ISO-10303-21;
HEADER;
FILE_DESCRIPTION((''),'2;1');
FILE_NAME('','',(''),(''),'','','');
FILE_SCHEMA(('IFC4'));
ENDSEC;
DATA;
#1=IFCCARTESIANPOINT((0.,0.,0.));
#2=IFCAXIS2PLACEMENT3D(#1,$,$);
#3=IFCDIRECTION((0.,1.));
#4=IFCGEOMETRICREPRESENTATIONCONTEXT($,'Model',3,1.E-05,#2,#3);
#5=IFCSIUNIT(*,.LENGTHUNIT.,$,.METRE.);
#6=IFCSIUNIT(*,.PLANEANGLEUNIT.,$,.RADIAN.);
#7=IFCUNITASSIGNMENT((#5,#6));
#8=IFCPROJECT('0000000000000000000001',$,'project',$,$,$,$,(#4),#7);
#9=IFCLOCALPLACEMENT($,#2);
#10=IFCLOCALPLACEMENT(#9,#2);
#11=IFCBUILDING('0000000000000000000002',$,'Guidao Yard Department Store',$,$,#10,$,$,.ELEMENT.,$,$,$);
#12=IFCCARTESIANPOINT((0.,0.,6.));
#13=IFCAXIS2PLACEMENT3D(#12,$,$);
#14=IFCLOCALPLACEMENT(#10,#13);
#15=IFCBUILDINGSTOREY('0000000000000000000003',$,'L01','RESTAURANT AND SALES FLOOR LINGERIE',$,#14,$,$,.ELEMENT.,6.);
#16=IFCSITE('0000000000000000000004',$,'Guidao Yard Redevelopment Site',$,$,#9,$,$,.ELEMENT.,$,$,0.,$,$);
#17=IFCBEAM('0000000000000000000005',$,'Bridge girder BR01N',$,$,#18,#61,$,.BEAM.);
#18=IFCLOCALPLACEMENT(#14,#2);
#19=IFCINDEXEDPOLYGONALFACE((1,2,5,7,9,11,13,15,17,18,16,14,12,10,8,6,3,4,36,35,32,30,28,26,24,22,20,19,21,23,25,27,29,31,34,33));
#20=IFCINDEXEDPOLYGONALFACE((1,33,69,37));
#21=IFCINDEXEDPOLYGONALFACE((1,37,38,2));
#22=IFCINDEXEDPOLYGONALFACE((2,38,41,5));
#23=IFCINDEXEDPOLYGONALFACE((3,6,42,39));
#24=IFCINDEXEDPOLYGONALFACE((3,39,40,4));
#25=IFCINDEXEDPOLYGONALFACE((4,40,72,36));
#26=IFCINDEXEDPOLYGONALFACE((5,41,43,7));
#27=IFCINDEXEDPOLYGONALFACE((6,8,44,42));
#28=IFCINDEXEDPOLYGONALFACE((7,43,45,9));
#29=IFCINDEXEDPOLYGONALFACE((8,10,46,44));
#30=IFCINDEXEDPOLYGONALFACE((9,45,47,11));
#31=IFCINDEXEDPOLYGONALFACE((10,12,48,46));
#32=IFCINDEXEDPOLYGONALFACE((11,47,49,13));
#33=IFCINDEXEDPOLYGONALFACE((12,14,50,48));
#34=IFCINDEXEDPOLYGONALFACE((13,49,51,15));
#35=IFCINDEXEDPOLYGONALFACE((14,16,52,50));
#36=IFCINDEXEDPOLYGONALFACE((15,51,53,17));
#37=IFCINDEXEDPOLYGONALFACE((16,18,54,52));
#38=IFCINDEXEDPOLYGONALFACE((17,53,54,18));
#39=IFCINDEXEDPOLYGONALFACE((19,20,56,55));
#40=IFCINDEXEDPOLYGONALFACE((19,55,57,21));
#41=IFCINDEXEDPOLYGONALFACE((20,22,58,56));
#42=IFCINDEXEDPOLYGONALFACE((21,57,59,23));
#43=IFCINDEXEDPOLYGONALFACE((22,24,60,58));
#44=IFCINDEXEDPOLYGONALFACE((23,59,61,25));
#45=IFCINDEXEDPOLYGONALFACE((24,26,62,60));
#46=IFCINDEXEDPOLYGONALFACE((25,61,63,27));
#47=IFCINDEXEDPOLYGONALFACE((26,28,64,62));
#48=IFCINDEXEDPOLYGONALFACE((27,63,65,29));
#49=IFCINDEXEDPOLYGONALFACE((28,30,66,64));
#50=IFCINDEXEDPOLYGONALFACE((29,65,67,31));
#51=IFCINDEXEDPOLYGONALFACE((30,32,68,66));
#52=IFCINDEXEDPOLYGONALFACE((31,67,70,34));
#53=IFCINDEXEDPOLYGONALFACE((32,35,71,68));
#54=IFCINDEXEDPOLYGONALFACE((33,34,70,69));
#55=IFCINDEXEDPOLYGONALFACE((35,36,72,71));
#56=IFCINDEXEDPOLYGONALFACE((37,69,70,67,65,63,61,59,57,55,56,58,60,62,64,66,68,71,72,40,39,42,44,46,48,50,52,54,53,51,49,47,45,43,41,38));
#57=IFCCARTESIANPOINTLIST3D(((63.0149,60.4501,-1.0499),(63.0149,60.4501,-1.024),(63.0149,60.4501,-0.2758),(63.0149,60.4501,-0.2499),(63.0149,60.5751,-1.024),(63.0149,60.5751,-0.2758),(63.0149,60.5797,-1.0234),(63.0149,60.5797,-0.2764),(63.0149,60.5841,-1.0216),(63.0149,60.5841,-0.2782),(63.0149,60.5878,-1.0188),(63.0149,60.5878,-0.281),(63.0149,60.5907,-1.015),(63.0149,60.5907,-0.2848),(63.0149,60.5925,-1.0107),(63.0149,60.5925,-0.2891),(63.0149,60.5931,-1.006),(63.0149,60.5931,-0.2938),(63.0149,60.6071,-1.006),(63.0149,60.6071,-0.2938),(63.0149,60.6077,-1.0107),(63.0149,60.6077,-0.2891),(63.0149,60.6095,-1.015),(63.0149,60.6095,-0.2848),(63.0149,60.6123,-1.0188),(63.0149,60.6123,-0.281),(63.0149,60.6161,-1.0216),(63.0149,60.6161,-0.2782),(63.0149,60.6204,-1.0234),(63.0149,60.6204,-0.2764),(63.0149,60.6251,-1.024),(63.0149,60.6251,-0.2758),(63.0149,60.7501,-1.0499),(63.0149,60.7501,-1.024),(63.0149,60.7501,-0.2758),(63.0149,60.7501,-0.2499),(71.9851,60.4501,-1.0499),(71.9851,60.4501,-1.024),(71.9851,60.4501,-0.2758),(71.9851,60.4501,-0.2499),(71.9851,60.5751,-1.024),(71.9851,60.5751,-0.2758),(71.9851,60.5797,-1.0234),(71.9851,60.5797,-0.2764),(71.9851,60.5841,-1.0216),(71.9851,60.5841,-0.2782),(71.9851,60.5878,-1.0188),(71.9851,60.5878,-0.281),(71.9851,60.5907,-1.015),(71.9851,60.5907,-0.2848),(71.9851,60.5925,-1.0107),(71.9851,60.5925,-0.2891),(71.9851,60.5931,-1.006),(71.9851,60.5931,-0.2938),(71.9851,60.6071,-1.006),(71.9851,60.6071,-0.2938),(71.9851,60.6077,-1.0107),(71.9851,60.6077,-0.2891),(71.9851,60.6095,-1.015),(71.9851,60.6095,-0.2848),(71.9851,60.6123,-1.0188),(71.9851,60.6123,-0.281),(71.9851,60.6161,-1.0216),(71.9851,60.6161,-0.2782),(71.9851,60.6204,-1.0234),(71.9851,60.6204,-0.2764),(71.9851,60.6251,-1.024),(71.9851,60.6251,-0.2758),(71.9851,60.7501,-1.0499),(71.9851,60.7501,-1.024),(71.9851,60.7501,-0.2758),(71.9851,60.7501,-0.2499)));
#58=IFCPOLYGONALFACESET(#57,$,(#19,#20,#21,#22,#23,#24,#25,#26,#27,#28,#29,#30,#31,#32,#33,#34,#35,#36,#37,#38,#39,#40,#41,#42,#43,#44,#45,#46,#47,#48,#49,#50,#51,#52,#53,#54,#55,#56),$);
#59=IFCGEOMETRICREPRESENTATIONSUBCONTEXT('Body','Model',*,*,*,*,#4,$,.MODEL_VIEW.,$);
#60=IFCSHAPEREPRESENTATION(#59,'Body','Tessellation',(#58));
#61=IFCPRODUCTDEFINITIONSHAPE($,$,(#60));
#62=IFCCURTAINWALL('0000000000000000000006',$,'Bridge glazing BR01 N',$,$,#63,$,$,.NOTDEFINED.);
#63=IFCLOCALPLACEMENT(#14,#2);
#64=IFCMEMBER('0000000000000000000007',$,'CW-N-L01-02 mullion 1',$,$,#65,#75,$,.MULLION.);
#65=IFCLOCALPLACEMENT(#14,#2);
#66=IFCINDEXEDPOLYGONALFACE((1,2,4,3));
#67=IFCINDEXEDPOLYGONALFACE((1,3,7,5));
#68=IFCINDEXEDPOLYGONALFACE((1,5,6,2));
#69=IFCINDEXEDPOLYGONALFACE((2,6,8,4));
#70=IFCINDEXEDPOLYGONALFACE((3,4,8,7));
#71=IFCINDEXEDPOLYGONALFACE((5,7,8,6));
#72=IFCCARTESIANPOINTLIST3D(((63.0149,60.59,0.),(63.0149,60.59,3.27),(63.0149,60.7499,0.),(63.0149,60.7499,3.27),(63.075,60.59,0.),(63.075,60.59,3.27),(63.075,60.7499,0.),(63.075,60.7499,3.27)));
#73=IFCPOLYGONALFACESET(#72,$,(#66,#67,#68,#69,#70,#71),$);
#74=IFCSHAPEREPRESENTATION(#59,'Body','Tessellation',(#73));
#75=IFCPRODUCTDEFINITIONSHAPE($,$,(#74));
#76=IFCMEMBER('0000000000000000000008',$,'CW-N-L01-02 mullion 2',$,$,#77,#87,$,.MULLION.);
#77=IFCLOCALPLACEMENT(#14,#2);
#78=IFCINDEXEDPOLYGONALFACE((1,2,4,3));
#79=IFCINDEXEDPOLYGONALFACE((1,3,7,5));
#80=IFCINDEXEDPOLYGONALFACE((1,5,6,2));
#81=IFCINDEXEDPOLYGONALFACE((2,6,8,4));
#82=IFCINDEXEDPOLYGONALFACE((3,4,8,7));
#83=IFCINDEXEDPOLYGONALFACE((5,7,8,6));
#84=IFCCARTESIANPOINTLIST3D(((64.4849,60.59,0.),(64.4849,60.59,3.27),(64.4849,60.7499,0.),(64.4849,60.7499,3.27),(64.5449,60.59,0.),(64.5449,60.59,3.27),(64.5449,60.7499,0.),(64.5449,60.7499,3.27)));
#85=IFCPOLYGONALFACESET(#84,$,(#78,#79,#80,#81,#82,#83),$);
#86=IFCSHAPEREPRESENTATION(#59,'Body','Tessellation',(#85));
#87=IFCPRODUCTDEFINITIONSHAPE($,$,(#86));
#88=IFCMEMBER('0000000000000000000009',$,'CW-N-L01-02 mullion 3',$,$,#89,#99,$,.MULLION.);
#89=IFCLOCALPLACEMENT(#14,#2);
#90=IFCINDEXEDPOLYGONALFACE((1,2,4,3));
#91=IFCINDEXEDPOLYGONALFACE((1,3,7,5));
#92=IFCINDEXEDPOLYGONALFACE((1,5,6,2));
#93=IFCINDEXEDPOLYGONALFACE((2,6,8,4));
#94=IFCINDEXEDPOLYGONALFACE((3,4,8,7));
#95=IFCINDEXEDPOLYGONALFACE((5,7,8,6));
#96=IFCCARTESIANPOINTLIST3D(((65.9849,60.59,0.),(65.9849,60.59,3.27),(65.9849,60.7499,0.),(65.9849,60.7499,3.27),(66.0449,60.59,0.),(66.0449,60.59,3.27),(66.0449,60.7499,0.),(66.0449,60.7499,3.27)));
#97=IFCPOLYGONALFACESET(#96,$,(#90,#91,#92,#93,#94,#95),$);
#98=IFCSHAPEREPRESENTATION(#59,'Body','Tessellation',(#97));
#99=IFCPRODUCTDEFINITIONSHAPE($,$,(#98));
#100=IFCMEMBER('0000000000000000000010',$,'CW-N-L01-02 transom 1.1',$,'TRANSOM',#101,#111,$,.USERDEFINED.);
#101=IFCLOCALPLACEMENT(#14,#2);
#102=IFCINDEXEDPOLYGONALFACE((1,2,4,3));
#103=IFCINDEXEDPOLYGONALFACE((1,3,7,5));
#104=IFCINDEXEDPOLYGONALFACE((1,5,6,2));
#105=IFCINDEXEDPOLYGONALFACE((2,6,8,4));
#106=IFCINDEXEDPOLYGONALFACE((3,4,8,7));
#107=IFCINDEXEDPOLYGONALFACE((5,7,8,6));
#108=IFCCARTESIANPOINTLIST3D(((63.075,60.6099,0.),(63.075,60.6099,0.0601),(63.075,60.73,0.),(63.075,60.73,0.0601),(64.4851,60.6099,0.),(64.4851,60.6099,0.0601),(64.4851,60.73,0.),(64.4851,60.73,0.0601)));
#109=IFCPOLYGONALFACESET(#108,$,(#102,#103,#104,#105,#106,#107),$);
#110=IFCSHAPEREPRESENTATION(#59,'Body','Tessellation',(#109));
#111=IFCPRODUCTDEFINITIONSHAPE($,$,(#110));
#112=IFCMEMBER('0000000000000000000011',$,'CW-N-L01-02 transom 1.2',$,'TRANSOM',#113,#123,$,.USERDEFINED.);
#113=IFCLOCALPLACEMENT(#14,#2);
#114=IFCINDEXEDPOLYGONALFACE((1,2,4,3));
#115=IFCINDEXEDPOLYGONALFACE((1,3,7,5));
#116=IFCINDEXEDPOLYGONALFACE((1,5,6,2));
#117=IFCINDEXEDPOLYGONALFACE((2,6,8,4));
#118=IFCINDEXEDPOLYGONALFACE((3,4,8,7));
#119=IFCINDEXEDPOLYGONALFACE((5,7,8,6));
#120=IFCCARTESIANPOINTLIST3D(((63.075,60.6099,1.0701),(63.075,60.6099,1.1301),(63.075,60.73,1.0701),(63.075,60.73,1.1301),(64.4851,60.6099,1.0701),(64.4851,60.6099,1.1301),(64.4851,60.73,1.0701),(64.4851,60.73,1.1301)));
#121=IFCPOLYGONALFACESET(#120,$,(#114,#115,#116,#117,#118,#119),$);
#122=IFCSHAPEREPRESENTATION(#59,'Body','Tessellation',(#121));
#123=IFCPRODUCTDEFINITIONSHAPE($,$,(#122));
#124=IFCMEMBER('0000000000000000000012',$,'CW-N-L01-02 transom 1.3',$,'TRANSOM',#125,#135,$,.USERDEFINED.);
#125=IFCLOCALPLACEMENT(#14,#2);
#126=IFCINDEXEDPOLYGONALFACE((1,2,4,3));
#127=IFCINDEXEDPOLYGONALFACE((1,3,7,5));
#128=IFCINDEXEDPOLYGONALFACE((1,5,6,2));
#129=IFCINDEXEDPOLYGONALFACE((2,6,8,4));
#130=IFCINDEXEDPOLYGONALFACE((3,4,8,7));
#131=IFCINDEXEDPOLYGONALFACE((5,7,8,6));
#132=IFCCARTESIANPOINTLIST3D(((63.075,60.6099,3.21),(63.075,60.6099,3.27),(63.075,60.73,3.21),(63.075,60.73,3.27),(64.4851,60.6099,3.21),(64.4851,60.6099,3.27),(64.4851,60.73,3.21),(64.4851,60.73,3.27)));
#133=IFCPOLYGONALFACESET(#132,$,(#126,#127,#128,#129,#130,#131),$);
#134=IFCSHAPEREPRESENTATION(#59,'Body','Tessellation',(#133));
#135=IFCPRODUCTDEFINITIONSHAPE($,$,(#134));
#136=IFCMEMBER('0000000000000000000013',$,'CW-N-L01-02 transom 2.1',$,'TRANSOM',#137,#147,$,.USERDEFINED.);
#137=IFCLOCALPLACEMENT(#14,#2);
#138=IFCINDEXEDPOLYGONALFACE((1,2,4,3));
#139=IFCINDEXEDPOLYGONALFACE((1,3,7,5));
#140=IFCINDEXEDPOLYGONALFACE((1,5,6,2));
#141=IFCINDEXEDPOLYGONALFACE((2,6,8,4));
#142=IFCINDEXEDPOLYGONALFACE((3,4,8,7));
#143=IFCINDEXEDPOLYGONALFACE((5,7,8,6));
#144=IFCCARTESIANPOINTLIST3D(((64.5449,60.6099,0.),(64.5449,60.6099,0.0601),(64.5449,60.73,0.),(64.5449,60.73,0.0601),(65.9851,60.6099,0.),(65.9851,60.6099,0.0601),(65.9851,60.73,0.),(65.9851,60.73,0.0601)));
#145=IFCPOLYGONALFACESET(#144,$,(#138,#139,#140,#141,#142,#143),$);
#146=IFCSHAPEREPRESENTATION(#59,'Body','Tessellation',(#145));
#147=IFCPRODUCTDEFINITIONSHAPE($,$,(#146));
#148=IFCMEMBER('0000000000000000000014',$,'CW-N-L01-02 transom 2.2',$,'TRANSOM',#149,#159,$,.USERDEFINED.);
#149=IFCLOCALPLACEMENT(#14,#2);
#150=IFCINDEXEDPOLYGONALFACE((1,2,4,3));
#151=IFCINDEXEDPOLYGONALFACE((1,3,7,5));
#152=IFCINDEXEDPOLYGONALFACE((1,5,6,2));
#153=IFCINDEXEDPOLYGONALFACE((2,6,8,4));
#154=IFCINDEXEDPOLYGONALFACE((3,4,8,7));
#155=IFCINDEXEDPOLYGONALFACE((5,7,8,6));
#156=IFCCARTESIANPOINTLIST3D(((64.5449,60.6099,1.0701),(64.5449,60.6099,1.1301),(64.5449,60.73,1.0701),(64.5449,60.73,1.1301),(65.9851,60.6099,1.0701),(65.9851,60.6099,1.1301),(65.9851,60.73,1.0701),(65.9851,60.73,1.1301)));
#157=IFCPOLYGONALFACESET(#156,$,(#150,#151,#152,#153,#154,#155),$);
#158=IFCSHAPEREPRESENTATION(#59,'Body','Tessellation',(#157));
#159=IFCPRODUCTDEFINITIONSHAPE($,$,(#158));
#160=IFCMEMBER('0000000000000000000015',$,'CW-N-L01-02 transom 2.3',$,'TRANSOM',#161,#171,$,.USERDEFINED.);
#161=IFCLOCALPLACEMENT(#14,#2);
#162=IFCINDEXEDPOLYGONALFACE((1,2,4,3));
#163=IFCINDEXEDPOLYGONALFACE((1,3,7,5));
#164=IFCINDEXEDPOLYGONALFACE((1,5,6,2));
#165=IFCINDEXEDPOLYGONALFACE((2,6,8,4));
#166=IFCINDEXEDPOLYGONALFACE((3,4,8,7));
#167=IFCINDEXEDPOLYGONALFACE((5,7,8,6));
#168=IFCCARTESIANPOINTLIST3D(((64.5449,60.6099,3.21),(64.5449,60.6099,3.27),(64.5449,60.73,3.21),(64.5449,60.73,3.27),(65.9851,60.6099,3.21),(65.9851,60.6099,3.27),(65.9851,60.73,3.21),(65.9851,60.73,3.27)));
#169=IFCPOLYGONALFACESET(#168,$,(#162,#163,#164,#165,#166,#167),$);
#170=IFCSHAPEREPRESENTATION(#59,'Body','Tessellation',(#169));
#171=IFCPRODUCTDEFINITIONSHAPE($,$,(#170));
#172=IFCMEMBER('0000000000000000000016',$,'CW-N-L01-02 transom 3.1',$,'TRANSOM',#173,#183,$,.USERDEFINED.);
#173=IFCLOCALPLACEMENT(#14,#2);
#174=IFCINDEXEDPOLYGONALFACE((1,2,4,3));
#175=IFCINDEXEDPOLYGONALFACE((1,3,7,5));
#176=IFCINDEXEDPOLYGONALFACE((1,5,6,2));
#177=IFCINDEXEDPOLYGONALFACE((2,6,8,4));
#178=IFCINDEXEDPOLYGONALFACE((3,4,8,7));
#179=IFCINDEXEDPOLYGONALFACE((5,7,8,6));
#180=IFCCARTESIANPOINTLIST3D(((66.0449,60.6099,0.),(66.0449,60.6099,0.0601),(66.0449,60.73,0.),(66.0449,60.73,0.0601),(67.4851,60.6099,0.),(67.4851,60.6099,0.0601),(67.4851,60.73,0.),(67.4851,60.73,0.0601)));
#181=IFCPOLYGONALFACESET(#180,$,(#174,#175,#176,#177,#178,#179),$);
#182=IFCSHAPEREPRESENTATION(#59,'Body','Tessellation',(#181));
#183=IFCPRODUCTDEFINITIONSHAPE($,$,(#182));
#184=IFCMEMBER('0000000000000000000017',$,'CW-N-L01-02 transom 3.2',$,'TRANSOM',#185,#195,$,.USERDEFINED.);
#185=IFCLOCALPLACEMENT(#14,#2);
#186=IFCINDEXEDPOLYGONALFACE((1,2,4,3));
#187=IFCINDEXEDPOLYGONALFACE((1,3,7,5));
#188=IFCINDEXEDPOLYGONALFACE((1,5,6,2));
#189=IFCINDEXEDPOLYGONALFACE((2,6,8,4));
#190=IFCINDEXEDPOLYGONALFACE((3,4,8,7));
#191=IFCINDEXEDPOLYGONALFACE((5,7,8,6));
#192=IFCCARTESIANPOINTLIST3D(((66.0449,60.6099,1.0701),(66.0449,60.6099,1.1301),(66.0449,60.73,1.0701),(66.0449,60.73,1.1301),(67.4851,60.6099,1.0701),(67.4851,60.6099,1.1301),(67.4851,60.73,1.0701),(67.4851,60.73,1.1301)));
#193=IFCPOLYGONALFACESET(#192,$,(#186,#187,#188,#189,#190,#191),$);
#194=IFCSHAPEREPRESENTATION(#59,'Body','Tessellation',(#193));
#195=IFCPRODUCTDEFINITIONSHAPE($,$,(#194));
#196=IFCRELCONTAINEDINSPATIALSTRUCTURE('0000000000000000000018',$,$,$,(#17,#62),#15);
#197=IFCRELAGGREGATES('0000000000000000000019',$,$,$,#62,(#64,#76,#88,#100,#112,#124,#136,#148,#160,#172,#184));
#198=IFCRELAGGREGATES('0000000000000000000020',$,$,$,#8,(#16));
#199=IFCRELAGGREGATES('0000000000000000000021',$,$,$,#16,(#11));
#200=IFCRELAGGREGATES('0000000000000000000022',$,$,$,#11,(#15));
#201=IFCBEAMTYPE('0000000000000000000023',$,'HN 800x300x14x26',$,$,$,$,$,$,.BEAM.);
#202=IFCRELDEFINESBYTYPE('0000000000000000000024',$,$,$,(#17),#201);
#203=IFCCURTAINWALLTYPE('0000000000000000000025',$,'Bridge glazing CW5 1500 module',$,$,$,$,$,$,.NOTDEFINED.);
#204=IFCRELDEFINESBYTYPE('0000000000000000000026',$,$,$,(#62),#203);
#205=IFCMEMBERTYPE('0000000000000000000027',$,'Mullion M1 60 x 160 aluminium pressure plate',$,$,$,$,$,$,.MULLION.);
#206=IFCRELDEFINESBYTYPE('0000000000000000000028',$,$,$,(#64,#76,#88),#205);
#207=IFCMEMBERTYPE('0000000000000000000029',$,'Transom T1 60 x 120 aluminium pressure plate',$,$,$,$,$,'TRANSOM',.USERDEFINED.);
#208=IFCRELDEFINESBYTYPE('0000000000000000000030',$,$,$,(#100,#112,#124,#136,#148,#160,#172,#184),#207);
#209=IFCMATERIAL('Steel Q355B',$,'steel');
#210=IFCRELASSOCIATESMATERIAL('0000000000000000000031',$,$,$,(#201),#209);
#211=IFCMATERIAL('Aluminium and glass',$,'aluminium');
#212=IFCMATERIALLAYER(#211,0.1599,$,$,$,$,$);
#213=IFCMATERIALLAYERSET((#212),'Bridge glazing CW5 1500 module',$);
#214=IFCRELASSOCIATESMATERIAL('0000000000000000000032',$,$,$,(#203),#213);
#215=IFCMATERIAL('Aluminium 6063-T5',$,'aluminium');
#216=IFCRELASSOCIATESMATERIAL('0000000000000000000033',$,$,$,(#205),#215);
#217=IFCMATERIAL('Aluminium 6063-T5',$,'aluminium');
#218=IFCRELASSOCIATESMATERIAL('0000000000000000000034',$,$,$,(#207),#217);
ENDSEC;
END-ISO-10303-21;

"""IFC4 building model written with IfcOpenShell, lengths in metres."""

from ifc_helpers import new_model, si_unit, direction, frame, origin, origin_2d, place, context, subcontext, project, spatial, rectangle, i_section, extrude, material, layer, layer_set, material_profile, profile_set, type_object, element, aggregate, save


model = new_model("IFC4")

# Units and contexts
model_context = context("Model", 3, precision=1e-05, world=origin(), true_north=direction((0.0, 1.0)))
body_context = subcontext(model_context, "Body", "Model", "MODEL_VIEW")
ifc_project = project(units=[si_unit("LENGTHUNIT", "METRE"), si_unit("PLANEANGLEUNIT", "RADIAN")], contexts=[model_context])

# Site, building, storey
site_placement = place(None, origin())
site = spatial("IfcSite", under=ifc_project, at=site_placement, Name="Guidao Yard Redevelopment Site", CompositionType="ELEMENT", RefElevation=0.0)
building_placement = place(site_placement, origin())
building = spatial("IfcBuilding", under=site, at=building_placement, Name="Guidao Yard Department Store", CompositionType="ELEMENT")
storey_placement = place(building_placement, frame((0.0, 0.0, 6.0)))
storey = spatial("IfcBuildingStorey", under=building, at=storey_placement, Name="L01", Description="RESTAURANT AND SALES FLOOR LINGERIE", CompositionType="ELEMENT", Elevation=6.0)

# Beam
ifc_material_1 = material(Name="Steel Q355B", Category="steel")
ifc_material_profile_1 = material_profile(ifc_material_1, i_section(OverallWidth=0.3, OverallDepth=0.8, WebThickness=0.0139, FlangeThickness=0.0259, FilletRadius=0.0181, at=origin_2d()), Name="HN 800x300x14x26")
ifc_profile_set_1 = profile_set([ifc_material_profile_1], Name="Steel Q355B")
beam_type = type_object("IfcBeamType", Name="HN 800x300x14x26", PredefinedType="BEAM", material=ifc_profile_set_1)
beam_placement = place(storey_placement, frame((63.0149, 60.6001, -0.6499), z_axis=(1.0, 0.0, 0.0), x_axis=(0.0, 1.0, 0.0)))
element("IfcBeam", 1, at=beam_placement, inside=storey, type_object=beam_type, Name="Bridge girder BR01N", PredefinedType="BEAM", context=body_context, shape_type="SweptSolid", body=[
    extrude(i_section(OverallWidth=0.3, OverallDepth=0.8, WebThickness=0.0139, FlangeThickness=0.0259, FilletRadius=0.0181, at=origin_2d()), origin(), (0.0, 0.0, 1.0), 8.9702),
])

# Curtain wall, members
ifc_material_2 = material(Name="Aluminium and glass", Category="aluminium")
ifc_layer_1 = layer(ifc_material_2, 0.1599)
ifc_layer_set_1 = layer_set([ifc_layer_1], Name="Bridge glazing CW5 1500 module")
curtain_wall_type = type_object("IfcCurtainWallType", Name="Bridge glazing CW5 1500 module", PredefinedType="NOTDEFINED", material=ifc_layer_set_1)
curtain_wall_1_placement = place(storey_placement, origin())
curtain_wall_1 = element("IfcCurtainWall", 2, at=curtain_wall_1_placement, inside=storey, type_object=curtain_wall_type, Name="Bridge glazing BR01 N", PredefinedType="NOTDEFINED")
ifc_material_3 = material(Name="Aluminium 6063-T5", Category="aluminium")
ifc_material_profile_2 = material_profile(ifc_material_3, rectangle(XDim=0.0601, YDim=0.1599, at=origin_2d()), Name="Mullion M1 60 x 160 aluminium pressure plate")
ifc_profile_set_2 = profile_set([ifc_material_profile_2], Name="Aluminium 6063-T5")
member_type_1 = type_object("IfcMemberType", Name="Mullion M1 60 x 160 aluminium pressure plate", PredefinedType="MULLION", material=ifc_profile_set_2)
member_1_placement = place(storey_placement, frame((63.0449, 60.6699, 0.0), z_axis=(0.0, 0.0, 1.0), x_axis=(1.0, 0.0, 0.0)))
member_1 = element("IfcMember", 3, at=member_1_placement, type_object=member_type_1, Name="CW-N-L01-02 mullion 1", PredefinedType="MULLION", context=body_context, shape_type="SweptSolid", body=[
    extrude(rectangle(XDim=0.0601, YDim=0.1599, at=origin_2d()), origin(), (0.0, 0.0, 1.0), 3.27),
])
member_2_placement = place(storey_placement, frame((64.5149, 60.6699, 0.0), z_axis=(0.0, 0.0, 1.0), x_axis=(1.0, 0.0, 0.0)))
member_2 = element("IfcMember", 4, at=member_2_placement, type_object=member_type_1, Name="CW-N-L01-02 mullion 2", PredefinedType="MULLION", context=body_context, shape_type="SweptSolid", body=[
    extrude(rectangle(XDim=0.0601, YDim=0.1599, at=origin_2d()), origin(), (0.0, 0.0, 1.0), 3.27),
])
member_3_placement = place(storey_placement, frame((66.0149, 60.6699, 0.0), z_axis=(0.0, 0.0, 1.0), x_axis=(1.0, 0.0, 0.0)))
member_3 = element("IfcMember", 5, at=member_3_placement, type_object=member_type_1, Name="CW-N-L01-02 mullion 3", PredefinedType="MULLION", context=body_context, shape_type="SweptSolid", body=[
    extrude(rectangle(XDim=0.0601, YDim=0.1599, at=origin_2d()), origin(), (0.0, 0.0, 1.0), 3.27),
])
ifc_material_4 = material(Name="Aluminium 6063-T5", Category="aluminium")
ifc_material_profile_3 = material_profile(ifc_material_4, rectangle(XDim=0.1201, YDim=0.0601, at=origin_2d()), Name="Transom T1 60 x 120 aluminium pressure plate")
ifc_profile_set_3 = profile_set([ifc_material_profile_3], Name="Aluminium 6063-T5")
member_type_2 = type_object("IfcMemberType", Name="Transom T1 60 x 120 aluminium pressure plate", ElementType="TRANSOM", PredefinedType="USERDEFINED", material=ifc_profile_set_3)
member_4_placement = place(storey_placement, frame((63.075, 60.6699, 0.03), z_axis=(1.0, 0.0, 0.0), x_axis=(0.0, 1.0, 0.0)))
member_4 = element("IfcMember", 6, at=member_4_placement, type_object=member_type_2, Name="CW-N-L01-02 transom 1.1", ObjectType="TRANSOM", PredefinedType="USERDEFINED", context=body_context, shape_type="SweptSolid", body=[
    extrude(rectangle(XDim=0.1201, YDim=0.0601, at=origin_2d()), origin(), (0.0, 0.0, 1.0), 1.4102),
])
member_5_placement = place(storey_placement, frame((63.075, 60.6699, 1.1001), z_axis=(1.0, 0.0, 0.0), x_axis=(0.0, 1.0, 0.0)))
member_5 = element("IfcMember", 7, at=member_5_placement, type_object=member_type_2, Name="CW-N-L01-02 transom 1.2", ObjectType="TRANSOM", PredefinedType="USERDEFINED", context=body_context, shape_type="SweptSolid", body=[
    extrude(rectangle(XDim=0.1201, YDim=0.0601, at=origin_2d()), origin(), (0.0, 0.0, 1.0), 1.4102),
])
member_6_placement = place(storey_placement, frame((63.075, 60.6699, 3.24), z_axis=(1.0, 0.0, 0.0), x_axis=(0.0, 1.0, 0.0)))
member_6 = element("IfcMember", 8, at=member_6_placement, type_object=member_type_2, Name="CW-N-L01-02 transom 1.3", ObjectType="TRANSOM", PredefinedType="USERDEFINED", context=body_context, shape_type="SweptSolid", body=[
    extrude(rectangle(XDim=0.1201, YDim=0.0601, at=origin_2d()), origin(), (0.0, 0.0, 1.0), 1.4102),
])
member_7_placement = place(storey_placement, frame((64.5449, 60.6699, 0.03), z_axis=(1.0, 0.0, 0.0), x_axis=(0.0, 1.0, 0.0)))
member_7 = element("IfcMember", 9, at=member_7_placement, type_object=member_type_2, Name="CW-N-L01-02 transom 2.1", ObjectType="TRANSOM", PredefinedType="USERDEFINED", context=body_context, shape_type="SweptSolid", body=[
    extrude(rectangle(XDim=0.1201, YDim=0.0601, at=origin_2d()), origin(), (0.0, 0.0, 1.0), 1.4402),
])
member_8_placement = place(storey_placement, frame((64.5449, 60.6699, 1.1001), z_axis=(1.0, 0.0, 0.0), x_axis=(0.0, 1.0, 0.0)))
member_8 = element("IfcMember", 10, at=member_8_placement, type_object=member_type_2, Name="CW-N-L01-02 transom 2.2", ObjectType="TRANSOM", PredefinedType="USERDEFINED", context=body_context, shape_type="SweptSolid", body=[
    extrude(rectangle(XDim=0.1201, YDim=0.0601, at=origin_2d()), origin(), (0.0, 0.0, 1.0), 1.4402),
])
member_9_placement = place(storey_placement, frame((64.5449, 60.6699, 3.24), z_axis=(1.0, 0.0, 0.0), x_axis=(0.0, 1.0, 0.0)))
member_9 = element("IfcMember", 11, at=member_9_placement, type_object=member_type_2, Name="CW-N-L01-02 transom 2.3", ObjectType="TRANSOM", PredefinedType="USERDEFINED", context=body_context, shape_type="SweptSolid", body=[
    extrude(rectangle(XDim=0.1201, YDim=0.0601, at=origin_2d()), origin(), (0.0, 0.0, 1.0), 1.4402),
])
member_10_placement = place(storey_placement, frame((66.0449, 60.6699, 0.03), z_axis=(1.0, 0.0, 0.0), x_axis=(0.0, 1.0, 0.0)))
member_10 = element("IfcMember", 12, at=member_10_placement, type_object=member_type_2, Name="CW-N-L01-02 transom 3.1", ObjectType="TRANSOM", PredefinedType="USERDEFINED", context=body_context, shape_type="SweptSolid", body=[
    extrude(rectangle(XDim=0.1201, YDim=0.0601, at=origin_2d()), origin(), (0.0, 0.0, 1.0), 1.4402),
])
member_11_placement = place(storey_placement, frame((66.0449, 60.6699, 1.1001), z_axis=(1.0, 0.0, 0.0), x_axis=(0.0, 1.0, 0.0)))
member_11 = element("IfcMember", 13, at=member_11_placement, type_object=member_type_2, Name="CW-N-L01-02 transom 3.2", ObjectType="TRANSOM", PredefinedType="USERDEFINED", context=body_context, shape_type="SweptSolid", body=[
    extrude(rectangle(XDim=0.1201, YDim=0.0601, at=origin_2d()), origin(), (0.0, 0.0, 1.0), 1.4402),
])

aggregate(curtain_wall_1, [member_1, member_2, member_3, member_4, member_5, member_6, member_7, member_8, member_9, member_10, member_11])

save(model, "model.ifc")
